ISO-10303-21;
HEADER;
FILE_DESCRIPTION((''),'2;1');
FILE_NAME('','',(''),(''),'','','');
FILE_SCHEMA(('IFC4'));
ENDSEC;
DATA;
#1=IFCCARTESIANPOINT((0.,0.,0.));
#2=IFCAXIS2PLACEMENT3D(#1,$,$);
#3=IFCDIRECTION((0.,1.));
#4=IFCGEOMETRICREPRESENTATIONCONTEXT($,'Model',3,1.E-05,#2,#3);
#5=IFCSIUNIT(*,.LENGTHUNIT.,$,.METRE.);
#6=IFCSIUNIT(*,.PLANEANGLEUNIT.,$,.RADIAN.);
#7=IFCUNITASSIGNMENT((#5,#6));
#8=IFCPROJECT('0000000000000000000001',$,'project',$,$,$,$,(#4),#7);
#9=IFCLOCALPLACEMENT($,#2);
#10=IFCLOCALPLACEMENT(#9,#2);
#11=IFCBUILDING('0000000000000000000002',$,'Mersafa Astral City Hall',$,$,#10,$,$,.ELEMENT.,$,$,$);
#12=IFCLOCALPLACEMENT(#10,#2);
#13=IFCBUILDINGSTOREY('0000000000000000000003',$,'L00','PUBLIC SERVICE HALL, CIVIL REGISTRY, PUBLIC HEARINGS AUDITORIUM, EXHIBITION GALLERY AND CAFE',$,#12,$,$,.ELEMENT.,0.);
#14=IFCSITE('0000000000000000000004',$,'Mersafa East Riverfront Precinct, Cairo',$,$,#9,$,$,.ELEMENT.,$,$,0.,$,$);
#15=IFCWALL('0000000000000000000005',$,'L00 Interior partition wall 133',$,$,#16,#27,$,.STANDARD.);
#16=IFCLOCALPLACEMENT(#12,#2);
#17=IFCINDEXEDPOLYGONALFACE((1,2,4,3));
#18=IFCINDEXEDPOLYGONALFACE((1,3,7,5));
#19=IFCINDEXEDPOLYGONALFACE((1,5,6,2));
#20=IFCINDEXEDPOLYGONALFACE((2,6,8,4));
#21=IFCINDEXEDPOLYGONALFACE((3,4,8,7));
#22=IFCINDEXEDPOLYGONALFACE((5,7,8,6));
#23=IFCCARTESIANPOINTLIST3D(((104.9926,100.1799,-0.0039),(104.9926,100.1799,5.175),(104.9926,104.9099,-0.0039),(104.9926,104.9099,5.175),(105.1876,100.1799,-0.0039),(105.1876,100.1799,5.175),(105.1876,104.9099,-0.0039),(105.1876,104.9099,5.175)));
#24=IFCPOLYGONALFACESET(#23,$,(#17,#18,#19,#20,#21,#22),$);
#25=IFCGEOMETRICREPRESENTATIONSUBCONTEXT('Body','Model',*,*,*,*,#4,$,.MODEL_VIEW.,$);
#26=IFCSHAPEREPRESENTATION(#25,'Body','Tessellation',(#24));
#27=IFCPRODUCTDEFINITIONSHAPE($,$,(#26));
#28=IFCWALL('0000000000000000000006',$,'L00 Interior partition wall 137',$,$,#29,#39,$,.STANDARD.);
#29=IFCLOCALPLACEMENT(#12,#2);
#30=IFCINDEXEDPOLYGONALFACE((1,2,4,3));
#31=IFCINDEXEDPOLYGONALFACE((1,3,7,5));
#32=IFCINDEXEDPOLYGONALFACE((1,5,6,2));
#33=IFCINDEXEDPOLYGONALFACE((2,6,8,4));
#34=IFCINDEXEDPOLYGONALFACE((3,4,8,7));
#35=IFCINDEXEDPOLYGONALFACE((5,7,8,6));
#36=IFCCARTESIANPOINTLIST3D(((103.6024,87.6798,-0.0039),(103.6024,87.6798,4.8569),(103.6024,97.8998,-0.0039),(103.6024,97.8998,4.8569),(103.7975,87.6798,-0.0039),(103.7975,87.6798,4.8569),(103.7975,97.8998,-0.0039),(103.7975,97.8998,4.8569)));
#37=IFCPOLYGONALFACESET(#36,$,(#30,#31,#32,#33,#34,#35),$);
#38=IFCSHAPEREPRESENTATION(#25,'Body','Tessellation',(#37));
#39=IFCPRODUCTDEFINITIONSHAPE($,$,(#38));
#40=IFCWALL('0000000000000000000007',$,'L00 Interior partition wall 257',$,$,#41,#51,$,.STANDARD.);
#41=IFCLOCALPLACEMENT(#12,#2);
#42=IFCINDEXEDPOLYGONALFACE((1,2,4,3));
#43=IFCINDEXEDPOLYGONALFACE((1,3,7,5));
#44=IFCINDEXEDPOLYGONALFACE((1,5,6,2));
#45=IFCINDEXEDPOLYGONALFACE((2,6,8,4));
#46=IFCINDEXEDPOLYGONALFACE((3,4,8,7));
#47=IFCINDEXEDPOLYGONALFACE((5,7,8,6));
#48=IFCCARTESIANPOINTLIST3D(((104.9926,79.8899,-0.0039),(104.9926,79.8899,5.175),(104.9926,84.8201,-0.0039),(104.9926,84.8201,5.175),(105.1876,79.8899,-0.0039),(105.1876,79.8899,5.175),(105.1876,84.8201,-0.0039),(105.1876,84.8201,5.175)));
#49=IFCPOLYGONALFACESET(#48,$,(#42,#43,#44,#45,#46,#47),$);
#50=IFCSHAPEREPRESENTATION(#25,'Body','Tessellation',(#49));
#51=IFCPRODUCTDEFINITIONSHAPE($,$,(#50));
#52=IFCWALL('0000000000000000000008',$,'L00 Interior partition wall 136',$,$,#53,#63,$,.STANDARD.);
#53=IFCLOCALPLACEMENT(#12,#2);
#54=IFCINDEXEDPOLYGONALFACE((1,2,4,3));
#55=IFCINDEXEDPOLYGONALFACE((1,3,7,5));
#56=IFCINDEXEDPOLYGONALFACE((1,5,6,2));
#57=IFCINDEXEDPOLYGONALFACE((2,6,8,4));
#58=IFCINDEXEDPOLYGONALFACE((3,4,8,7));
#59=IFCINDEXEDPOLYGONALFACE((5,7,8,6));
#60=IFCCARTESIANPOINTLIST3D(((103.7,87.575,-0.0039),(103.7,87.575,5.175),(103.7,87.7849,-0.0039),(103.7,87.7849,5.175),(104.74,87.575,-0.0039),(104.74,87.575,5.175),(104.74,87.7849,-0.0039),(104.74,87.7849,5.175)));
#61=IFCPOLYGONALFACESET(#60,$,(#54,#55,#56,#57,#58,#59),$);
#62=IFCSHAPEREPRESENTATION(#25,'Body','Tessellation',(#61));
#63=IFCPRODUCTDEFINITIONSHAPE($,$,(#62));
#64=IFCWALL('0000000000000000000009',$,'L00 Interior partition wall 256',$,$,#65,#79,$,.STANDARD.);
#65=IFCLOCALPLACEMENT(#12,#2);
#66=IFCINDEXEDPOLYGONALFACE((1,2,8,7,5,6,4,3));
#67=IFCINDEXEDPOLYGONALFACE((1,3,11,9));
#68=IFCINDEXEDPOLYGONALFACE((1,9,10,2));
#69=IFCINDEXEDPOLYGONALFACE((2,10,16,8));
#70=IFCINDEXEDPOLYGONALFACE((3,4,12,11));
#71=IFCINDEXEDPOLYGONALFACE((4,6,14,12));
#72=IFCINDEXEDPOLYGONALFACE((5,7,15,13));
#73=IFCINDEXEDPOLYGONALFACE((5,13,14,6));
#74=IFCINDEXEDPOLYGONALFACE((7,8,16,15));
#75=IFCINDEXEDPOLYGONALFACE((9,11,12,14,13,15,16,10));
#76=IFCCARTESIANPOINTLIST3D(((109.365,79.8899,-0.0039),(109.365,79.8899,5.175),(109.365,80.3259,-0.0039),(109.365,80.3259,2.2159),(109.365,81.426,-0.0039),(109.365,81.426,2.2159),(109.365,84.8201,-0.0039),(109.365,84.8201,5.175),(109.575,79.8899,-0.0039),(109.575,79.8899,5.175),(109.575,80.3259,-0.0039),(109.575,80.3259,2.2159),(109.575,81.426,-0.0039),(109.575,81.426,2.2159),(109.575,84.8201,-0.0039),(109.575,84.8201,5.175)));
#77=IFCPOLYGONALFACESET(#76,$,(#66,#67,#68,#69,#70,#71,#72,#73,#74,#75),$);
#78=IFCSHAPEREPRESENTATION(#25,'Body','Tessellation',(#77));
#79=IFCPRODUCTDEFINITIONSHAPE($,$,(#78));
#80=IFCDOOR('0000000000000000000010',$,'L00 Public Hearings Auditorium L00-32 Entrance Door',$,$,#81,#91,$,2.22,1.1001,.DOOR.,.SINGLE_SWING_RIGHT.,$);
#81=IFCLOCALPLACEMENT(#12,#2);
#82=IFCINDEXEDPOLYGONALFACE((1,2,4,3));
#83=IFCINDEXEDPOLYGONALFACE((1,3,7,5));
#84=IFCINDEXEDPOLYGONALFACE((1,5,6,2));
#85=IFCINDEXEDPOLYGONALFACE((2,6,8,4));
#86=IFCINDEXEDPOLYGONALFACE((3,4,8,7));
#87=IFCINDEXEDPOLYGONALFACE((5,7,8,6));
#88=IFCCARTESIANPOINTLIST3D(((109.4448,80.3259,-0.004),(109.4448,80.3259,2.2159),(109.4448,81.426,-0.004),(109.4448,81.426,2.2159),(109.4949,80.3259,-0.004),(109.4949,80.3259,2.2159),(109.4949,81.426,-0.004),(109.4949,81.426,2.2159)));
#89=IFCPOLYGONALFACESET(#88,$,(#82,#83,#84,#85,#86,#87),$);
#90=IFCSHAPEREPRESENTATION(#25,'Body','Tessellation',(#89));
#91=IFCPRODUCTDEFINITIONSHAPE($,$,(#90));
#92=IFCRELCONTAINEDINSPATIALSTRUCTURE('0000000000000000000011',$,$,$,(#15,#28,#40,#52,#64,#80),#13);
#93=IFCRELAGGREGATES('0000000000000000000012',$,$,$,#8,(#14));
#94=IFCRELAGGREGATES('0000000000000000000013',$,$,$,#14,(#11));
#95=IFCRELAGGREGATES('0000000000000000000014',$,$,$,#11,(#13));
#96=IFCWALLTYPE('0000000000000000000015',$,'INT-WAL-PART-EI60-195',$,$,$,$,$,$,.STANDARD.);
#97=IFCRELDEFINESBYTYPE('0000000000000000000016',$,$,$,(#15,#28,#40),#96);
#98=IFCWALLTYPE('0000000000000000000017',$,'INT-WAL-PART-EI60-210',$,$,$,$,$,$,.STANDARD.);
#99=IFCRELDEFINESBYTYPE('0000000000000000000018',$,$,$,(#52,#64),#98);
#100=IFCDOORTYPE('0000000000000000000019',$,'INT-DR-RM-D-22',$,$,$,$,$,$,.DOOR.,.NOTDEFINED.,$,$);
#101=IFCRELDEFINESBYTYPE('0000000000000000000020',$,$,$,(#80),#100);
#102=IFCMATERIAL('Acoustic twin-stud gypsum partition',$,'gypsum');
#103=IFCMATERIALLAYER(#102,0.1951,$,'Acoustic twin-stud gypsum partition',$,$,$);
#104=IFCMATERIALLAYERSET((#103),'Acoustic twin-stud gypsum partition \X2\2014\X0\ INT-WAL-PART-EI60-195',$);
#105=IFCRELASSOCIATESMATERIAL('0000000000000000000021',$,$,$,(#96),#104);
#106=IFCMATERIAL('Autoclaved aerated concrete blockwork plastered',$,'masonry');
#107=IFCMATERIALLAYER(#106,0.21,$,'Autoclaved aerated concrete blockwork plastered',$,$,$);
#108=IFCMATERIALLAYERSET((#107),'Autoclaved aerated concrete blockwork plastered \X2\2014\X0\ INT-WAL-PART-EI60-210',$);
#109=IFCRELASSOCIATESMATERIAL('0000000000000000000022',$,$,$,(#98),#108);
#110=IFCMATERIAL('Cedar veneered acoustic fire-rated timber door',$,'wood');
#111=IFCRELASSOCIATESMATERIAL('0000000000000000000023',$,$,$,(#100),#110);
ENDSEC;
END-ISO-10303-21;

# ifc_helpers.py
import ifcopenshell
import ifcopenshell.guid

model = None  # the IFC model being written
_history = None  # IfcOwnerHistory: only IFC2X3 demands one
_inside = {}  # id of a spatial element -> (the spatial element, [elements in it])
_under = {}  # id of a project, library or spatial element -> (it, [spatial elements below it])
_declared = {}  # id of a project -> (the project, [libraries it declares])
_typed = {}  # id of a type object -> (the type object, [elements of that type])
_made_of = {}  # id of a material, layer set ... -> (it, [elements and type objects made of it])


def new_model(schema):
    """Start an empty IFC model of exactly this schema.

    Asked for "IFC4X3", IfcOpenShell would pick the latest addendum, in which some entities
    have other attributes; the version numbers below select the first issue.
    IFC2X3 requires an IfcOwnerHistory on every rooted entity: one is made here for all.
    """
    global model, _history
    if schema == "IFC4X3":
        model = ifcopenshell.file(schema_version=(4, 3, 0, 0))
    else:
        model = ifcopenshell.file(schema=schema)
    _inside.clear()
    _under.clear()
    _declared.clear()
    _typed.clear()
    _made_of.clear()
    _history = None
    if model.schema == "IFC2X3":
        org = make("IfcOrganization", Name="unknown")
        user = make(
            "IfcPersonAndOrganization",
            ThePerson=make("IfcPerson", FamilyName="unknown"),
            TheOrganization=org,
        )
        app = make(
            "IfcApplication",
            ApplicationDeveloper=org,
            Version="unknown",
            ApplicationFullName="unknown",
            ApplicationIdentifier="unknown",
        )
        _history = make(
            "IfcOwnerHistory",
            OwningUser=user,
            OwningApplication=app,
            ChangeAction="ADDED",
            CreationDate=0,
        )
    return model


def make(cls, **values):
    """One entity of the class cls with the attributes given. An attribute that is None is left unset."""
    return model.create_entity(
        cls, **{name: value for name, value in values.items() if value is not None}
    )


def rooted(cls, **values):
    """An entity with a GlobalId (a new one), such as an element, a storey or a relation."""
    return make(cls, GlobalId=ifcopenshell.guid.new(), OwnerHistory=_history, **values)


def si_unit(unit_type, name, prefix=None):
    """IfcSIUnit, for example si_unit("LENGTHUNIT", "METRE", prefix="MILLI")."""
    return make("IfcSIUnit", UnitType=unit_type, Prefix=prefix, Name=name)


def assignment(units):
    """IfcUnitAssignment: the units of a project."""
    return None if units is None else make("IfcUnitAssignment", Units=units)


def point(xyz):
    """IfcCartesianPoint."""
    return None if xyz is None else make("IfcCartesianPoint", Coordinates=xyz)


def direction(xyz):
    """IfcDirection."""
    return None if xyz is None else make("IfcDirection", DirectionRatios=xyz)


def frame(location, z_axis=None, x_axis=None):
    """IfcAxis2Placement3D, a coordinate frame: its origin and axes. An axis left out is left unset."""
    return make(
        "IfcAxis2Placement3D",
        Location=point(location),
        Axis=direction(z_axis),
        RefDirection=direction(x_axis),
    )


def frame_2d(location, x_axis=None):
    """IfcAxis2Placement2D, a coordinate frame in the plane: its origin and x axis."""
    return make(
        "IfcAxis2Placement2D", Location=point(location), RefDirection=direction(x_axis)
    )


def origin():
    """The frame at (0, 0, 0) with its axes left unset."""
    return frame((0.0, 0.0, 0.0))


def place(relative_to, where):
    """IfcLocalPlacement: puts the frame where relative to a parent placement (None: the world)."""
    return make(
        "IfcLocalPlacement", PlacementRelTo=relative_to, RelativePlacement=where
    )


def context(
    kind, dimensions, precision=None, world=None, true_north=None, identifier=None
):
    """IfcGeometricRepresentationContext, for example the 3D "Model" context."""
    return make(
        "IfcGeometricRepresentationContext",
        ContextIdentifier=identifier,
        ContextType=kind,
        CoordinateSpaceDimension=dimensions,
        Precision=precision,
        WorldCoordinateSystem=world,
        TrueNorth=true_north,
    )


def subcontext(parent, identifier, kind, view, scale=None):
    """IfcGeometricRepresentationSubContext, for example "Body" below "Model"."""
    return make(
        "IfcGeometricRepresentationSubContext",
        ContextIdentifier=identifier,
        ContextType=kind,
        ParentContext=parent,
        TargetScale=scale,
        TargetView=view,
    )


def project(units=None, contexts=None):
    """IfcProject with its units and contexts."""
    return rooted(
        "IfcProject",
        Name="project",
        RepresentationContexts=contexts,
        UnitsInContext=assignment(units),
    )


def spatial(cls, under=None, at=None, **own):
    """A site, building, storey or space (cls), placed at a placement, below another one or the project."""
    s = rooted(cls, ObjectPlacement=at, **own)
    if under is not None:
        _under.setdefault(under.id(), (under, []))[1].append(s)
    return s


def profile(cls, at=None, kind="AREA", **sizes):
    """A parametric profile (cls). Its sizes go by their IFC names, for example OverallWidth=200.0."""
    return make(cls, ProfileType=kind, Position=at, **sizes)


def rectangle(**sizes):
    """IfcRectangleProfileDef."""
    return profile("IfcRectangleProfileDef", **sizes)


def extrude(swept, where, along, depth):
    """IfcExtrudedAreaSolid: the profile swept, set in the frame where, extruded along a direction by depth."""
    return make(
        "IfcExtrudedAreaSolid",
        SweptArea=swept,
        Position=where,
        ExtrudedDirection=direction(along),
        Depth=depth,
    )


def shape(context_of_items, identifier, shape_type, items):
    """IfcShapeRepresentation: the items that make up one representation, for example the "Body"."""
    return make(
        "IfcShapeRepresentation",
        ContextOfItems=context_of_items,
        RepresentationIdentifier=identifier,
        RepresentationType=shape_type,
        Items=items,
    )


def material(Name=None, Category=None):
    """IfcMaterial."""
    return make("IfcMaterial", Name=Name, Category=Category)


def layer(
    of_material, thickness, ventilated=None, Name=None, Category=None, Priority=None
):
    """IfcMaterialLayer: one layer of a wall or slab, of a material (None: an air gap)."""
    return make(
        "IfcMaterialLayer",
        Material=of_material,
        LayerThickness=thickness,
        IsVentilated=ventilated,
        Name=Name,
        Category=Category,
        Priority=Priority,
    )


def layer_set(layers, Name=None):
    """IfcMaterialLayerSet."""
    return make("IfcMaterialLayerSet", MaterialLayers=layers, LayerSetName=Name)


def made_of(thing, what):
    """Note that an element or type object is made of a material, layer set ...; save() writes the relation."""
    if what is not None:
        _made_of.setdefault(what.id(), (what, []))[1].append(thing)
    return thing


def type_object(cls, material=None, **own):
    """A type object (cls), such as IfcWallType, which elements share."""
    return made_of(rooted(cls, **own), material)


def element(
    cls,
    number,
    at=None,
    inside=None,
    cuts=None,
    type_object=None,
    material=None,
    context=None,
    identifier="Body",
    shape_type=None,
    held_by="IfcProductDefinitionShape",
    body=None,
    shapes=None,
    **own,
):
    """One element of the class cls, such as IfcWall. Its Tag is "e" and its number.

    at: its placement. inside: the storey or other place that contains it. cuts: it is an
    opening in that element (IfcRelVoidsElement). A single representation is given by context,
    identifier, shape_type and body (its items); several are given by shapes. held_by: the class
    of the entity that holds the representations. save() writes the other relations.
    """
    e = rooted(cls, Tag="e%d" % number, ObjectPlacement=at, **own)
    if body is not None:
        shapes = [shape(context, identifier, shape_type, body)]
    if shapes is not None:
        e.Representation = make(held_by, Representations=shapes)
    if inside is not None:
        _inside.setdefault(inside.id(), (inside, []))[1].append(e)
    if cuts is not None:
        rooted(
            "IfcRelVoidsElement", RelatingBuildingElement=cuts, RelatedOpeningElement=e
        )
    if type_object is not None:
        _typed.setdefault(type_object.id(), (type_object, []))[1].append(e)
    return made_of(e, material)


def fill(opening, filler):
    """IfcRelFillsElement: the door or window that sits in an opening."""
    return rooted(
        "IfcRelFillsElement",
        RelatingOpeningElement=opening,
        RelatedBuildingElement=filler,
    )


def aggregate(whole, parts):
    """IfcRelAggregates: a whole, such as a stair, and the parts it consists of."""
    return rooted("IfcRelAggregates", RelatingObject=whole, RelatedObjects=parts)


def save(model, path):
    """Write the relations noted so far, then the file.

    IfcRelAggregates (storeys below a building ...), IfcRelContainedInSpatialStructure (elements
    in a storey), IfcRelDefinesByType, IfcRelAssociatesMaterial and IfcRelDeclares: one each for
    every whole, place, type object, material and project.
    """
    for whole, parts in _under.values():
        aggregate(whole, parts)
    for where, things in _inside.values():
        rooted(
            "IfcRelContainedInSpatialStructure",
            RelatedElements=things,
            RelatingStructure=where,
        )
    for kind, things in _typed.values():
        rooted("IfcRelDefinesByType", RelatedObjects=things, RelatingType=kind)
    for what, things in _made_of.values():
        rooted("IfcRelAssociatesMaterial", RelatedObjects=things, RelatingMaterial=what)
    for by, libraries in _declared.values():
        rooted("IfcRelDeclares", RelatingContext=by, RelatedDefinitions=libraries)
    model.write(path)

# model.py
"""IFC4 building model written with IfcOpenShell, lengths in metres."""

from ifc_helpers import new_model, si_unit, direction, frame, frame_2d, origin, place, context, subcontext, project, spatial, rectangle, extrude, material, layer, layer_set, type_object, element, fill, save


model = new_model("IFC4")

# Units and contexts
model_context = context("Model", 3, precision=1e-05, world=origin(), true_north=direction((0.0, 1.0)))
body_context = subcontext(model_context, "Body", "Model", "MODEL_VIEW")
ifc_project = project(units=[si_unit("LENGTHUNIT", "METRE"), si_unit("PLANEANGLEUNIT", "RADIAN")], contexts=[model_context])

# Site, building, storey
site_placement = place(None, origin())
site = spatial("IfcSite", under=ifc_project, at=site_placement, Name="Mersafa East Riverfront Precinct, Cairo", CompositionType="ELEMENT", RefElevation=0.0)
building_placement = place(site_placement, origin())
building = spatial("IfcBuilding", under=site, at=building_placement, Name="Mersafa Astral City Hall", CompositionType="ELEMENT")
storey_placement = place(building_placement, origin())
storey = spatial("IfcBuildingStorey", under=building, at=storey_placement, Name="L00", Description="PUBLIC SERVICE HALL, CIVIL REGISTRY, PUBLIC HEARINGS AUDITORIUM, EXHIBITION GALLERY AND CAFE", CompositionType="ELEMENT", Elevation=0.0)

# Shared definitions
ifc_material_1 = material(Name="Acoustic twin-stud gypsum partition", Category="gypsum")

# Shared definitions
ifc_material_2 = material(Name="Cedar veneered acoustic fire-rated timber door", Category="wood")

# Walls
ifc_layer_1 = layer(ifc_material_1, 0.1951, Name="Acoustic twin-stud gypsum partition")
ifc_layer_set_1 = layer_set([ifc_layer_1], Name="Acoustic twin-stud gypsum partition — INT-WAL-PART-EI60-195")
wall_type_1 = type_object("IfcWallType", Name="INT-WAL-PART-EI60-195", PredefinedType="STANDARD", material=ifc_layer_set_1)
wall_1_placement = place(storey_placement, frame((105.0901, 100.1799, -0.0039), z_axis=(0.0, 0.0, 1.0), x_axis=(0.0, 1.0, 0.0)))
element("IfcWall", 1, at=wall_1_placement, inside=storey, type_object=wall_type_1, Name="L00 Interior partition wall 133", PredefinedType="STANDARD", context=body_context, shape_type="SweptSolid", body=[
    extrude(rectangle(XDim=4.73, YDim=0.1951, at=frame_2d((2.365, 0.0))), origin(), (0.0, 0.0, 1.0), 5.179),
])
wall_2_placement = place(storey_placement, frame((103.7, 87.6799, -0.0039), z_axis=(0.0, 0.0, 1.0), x_axis=(0.0, 1.0, 0.0)))
element("IfcWall", 2, at=wall_2_placement, inside=storey, type_object=wall_type_1, Name="L00 Interior partition wall 137", PredefinedType="STANDARD", context=body_context, shape_type="SweptSolid", body=[
    extrude(rectangle(XDim=10.22, YDim=0.1951, at=frame_2d((5.1099, 0.0))), origin(), (0.0, 0.0, 1.0), 4.8608),
])
wall_3_placement = place(storey_placement, frame((105.0901, 79.8899, -0.0039), z_axis=(0.0, 0.0, 1.0), x_axis=(0.0, 1.0, 0.0)))
element("IfcWall", 3, at=wall_3_placement, inside=storey, type_object=wall_type_1, Name="L00 Interior partition wall 257", PredefinedType="STANDARD", context=body_context, shape_type="SweptSolid", body=[
    extrude(rectangle(XDim=4.9302, YDim=0.1951, at=frame_2d((2.4651, 0.0))), origin(), (0.0, 0.0, 1.0), 5.179),
])
ifc_material_3 = material(Name="Autoclaved aerated concrete blockwork plastered", Category="masonry")
ifc_layer_2 = layer(ifc_material_3, 0.21, Name="Autoclaved aerated concrete blockwork plastered")
ifc_layer_set_2 = layer_set([ifc_layer_2], Name="Autoclaved aerated concrete blockwork plastered — INT-WAL-PART-EI60-210")
wall_type_2 = type_object("IfcWallType", Name="INT-WAL-PART-EI60-210", PredefinedType="STANDARD", material=ifc_layer_set_2)
wall_4_placement = place(storey_placement, frame((104.74, 87.6799, -0.0039), z_axis=(0.0, 0.0, 1.0), x_axis=(-1.0, 0.0, 0.0)))
element("IfcWall", 4, at=wall_4_placement, inside=storey, type_object=wall_type_2, Name="L00 Interior partition wall 136", PredefinedType="STANDARD", context=body_context, shape_type="SweptSolid", body=[
    extrude(rectangle(XDim=1.04, YDim=0.21, at=frame_2d((0.52, 0.0))), origin(), (0.0, 0.0, 1.0), 5.179),
])

# Wall, opening, door
wall_5_placement = place(storey_placement, frame((109.47, 84.8201, -0.0039), z_axis=(0.0, 0.0, 1.0), x_axis=(0.0, -1.0, 0.0)))
wall_5 = element("IfcWall", 5, at=wall_5_placement, inside=storey, type_object=wall_type_2, Name="L00 Interior partition wall 256", PredefinedType="STANDARD", context=body_context, shape_type="SweptSolid", body=[
    extrude(rectangle(XDim=4.9302, YDim=0.21, at=frame_2d((2.4651, 0.0))), origin(), (0.0, 0.0, 1.0), 5.179),
])
opening_1_placement = place(wall_5_placement, frame((3.394, 0.0, 0.0)))
opening_1 = element("IfcOpeningElement", 6, at=opening_1_placement, cuts=wall_5, PredefinedType="OPENING", context=body_context, shape_type="SweptSolid", body=[
    extrude(rectangle(XDim=1.1001, YDim=2.22, at=frame_2d((0.55, 1.1099))), frame((0.0, 0.115, 0.0), z_axis=(0.0, -1.0, 0.0), x_axis=(1.0, 0.0, 0.0)), (0.0, 0.0, 1.0), 0.23),
])
door_type_1 = type_object("IfcDoorType", Name="INT-DR-RM-D-22", OperationType="NOTDEFINED", PredefinedType="DOOR", material=ifc_material_2)
door_1_placement = place(opening_1_placement, origin())
door_1 = element("IfcDoor", 7, at=door_1_placement, inside=storey, type_object=door_type_1, Name="L00 Public Hearings Auditorium L00-32 Entrance Door", OperationType="SINGLE_SWING_RIGHT", OverallHeight=2.22, OverallWidth=1.1001, PredefinedType="DOOR", context=body_context, shape_type="SweptSolid", body=[
    extrude(rectangle(XDim=1.1001, YDim=2.22, at=frame_2d((0.55, 1.1099))), frame((0.0, 0.0249, 0.0), z_axis=(0.0, -1.0, 0.0), x_axis=(1.0, 0.0, 0.0)), (0.0, 0.0, 1.0), 0.05),
])
fill(opening_1, door_1)

save(model, "model.ifc")
